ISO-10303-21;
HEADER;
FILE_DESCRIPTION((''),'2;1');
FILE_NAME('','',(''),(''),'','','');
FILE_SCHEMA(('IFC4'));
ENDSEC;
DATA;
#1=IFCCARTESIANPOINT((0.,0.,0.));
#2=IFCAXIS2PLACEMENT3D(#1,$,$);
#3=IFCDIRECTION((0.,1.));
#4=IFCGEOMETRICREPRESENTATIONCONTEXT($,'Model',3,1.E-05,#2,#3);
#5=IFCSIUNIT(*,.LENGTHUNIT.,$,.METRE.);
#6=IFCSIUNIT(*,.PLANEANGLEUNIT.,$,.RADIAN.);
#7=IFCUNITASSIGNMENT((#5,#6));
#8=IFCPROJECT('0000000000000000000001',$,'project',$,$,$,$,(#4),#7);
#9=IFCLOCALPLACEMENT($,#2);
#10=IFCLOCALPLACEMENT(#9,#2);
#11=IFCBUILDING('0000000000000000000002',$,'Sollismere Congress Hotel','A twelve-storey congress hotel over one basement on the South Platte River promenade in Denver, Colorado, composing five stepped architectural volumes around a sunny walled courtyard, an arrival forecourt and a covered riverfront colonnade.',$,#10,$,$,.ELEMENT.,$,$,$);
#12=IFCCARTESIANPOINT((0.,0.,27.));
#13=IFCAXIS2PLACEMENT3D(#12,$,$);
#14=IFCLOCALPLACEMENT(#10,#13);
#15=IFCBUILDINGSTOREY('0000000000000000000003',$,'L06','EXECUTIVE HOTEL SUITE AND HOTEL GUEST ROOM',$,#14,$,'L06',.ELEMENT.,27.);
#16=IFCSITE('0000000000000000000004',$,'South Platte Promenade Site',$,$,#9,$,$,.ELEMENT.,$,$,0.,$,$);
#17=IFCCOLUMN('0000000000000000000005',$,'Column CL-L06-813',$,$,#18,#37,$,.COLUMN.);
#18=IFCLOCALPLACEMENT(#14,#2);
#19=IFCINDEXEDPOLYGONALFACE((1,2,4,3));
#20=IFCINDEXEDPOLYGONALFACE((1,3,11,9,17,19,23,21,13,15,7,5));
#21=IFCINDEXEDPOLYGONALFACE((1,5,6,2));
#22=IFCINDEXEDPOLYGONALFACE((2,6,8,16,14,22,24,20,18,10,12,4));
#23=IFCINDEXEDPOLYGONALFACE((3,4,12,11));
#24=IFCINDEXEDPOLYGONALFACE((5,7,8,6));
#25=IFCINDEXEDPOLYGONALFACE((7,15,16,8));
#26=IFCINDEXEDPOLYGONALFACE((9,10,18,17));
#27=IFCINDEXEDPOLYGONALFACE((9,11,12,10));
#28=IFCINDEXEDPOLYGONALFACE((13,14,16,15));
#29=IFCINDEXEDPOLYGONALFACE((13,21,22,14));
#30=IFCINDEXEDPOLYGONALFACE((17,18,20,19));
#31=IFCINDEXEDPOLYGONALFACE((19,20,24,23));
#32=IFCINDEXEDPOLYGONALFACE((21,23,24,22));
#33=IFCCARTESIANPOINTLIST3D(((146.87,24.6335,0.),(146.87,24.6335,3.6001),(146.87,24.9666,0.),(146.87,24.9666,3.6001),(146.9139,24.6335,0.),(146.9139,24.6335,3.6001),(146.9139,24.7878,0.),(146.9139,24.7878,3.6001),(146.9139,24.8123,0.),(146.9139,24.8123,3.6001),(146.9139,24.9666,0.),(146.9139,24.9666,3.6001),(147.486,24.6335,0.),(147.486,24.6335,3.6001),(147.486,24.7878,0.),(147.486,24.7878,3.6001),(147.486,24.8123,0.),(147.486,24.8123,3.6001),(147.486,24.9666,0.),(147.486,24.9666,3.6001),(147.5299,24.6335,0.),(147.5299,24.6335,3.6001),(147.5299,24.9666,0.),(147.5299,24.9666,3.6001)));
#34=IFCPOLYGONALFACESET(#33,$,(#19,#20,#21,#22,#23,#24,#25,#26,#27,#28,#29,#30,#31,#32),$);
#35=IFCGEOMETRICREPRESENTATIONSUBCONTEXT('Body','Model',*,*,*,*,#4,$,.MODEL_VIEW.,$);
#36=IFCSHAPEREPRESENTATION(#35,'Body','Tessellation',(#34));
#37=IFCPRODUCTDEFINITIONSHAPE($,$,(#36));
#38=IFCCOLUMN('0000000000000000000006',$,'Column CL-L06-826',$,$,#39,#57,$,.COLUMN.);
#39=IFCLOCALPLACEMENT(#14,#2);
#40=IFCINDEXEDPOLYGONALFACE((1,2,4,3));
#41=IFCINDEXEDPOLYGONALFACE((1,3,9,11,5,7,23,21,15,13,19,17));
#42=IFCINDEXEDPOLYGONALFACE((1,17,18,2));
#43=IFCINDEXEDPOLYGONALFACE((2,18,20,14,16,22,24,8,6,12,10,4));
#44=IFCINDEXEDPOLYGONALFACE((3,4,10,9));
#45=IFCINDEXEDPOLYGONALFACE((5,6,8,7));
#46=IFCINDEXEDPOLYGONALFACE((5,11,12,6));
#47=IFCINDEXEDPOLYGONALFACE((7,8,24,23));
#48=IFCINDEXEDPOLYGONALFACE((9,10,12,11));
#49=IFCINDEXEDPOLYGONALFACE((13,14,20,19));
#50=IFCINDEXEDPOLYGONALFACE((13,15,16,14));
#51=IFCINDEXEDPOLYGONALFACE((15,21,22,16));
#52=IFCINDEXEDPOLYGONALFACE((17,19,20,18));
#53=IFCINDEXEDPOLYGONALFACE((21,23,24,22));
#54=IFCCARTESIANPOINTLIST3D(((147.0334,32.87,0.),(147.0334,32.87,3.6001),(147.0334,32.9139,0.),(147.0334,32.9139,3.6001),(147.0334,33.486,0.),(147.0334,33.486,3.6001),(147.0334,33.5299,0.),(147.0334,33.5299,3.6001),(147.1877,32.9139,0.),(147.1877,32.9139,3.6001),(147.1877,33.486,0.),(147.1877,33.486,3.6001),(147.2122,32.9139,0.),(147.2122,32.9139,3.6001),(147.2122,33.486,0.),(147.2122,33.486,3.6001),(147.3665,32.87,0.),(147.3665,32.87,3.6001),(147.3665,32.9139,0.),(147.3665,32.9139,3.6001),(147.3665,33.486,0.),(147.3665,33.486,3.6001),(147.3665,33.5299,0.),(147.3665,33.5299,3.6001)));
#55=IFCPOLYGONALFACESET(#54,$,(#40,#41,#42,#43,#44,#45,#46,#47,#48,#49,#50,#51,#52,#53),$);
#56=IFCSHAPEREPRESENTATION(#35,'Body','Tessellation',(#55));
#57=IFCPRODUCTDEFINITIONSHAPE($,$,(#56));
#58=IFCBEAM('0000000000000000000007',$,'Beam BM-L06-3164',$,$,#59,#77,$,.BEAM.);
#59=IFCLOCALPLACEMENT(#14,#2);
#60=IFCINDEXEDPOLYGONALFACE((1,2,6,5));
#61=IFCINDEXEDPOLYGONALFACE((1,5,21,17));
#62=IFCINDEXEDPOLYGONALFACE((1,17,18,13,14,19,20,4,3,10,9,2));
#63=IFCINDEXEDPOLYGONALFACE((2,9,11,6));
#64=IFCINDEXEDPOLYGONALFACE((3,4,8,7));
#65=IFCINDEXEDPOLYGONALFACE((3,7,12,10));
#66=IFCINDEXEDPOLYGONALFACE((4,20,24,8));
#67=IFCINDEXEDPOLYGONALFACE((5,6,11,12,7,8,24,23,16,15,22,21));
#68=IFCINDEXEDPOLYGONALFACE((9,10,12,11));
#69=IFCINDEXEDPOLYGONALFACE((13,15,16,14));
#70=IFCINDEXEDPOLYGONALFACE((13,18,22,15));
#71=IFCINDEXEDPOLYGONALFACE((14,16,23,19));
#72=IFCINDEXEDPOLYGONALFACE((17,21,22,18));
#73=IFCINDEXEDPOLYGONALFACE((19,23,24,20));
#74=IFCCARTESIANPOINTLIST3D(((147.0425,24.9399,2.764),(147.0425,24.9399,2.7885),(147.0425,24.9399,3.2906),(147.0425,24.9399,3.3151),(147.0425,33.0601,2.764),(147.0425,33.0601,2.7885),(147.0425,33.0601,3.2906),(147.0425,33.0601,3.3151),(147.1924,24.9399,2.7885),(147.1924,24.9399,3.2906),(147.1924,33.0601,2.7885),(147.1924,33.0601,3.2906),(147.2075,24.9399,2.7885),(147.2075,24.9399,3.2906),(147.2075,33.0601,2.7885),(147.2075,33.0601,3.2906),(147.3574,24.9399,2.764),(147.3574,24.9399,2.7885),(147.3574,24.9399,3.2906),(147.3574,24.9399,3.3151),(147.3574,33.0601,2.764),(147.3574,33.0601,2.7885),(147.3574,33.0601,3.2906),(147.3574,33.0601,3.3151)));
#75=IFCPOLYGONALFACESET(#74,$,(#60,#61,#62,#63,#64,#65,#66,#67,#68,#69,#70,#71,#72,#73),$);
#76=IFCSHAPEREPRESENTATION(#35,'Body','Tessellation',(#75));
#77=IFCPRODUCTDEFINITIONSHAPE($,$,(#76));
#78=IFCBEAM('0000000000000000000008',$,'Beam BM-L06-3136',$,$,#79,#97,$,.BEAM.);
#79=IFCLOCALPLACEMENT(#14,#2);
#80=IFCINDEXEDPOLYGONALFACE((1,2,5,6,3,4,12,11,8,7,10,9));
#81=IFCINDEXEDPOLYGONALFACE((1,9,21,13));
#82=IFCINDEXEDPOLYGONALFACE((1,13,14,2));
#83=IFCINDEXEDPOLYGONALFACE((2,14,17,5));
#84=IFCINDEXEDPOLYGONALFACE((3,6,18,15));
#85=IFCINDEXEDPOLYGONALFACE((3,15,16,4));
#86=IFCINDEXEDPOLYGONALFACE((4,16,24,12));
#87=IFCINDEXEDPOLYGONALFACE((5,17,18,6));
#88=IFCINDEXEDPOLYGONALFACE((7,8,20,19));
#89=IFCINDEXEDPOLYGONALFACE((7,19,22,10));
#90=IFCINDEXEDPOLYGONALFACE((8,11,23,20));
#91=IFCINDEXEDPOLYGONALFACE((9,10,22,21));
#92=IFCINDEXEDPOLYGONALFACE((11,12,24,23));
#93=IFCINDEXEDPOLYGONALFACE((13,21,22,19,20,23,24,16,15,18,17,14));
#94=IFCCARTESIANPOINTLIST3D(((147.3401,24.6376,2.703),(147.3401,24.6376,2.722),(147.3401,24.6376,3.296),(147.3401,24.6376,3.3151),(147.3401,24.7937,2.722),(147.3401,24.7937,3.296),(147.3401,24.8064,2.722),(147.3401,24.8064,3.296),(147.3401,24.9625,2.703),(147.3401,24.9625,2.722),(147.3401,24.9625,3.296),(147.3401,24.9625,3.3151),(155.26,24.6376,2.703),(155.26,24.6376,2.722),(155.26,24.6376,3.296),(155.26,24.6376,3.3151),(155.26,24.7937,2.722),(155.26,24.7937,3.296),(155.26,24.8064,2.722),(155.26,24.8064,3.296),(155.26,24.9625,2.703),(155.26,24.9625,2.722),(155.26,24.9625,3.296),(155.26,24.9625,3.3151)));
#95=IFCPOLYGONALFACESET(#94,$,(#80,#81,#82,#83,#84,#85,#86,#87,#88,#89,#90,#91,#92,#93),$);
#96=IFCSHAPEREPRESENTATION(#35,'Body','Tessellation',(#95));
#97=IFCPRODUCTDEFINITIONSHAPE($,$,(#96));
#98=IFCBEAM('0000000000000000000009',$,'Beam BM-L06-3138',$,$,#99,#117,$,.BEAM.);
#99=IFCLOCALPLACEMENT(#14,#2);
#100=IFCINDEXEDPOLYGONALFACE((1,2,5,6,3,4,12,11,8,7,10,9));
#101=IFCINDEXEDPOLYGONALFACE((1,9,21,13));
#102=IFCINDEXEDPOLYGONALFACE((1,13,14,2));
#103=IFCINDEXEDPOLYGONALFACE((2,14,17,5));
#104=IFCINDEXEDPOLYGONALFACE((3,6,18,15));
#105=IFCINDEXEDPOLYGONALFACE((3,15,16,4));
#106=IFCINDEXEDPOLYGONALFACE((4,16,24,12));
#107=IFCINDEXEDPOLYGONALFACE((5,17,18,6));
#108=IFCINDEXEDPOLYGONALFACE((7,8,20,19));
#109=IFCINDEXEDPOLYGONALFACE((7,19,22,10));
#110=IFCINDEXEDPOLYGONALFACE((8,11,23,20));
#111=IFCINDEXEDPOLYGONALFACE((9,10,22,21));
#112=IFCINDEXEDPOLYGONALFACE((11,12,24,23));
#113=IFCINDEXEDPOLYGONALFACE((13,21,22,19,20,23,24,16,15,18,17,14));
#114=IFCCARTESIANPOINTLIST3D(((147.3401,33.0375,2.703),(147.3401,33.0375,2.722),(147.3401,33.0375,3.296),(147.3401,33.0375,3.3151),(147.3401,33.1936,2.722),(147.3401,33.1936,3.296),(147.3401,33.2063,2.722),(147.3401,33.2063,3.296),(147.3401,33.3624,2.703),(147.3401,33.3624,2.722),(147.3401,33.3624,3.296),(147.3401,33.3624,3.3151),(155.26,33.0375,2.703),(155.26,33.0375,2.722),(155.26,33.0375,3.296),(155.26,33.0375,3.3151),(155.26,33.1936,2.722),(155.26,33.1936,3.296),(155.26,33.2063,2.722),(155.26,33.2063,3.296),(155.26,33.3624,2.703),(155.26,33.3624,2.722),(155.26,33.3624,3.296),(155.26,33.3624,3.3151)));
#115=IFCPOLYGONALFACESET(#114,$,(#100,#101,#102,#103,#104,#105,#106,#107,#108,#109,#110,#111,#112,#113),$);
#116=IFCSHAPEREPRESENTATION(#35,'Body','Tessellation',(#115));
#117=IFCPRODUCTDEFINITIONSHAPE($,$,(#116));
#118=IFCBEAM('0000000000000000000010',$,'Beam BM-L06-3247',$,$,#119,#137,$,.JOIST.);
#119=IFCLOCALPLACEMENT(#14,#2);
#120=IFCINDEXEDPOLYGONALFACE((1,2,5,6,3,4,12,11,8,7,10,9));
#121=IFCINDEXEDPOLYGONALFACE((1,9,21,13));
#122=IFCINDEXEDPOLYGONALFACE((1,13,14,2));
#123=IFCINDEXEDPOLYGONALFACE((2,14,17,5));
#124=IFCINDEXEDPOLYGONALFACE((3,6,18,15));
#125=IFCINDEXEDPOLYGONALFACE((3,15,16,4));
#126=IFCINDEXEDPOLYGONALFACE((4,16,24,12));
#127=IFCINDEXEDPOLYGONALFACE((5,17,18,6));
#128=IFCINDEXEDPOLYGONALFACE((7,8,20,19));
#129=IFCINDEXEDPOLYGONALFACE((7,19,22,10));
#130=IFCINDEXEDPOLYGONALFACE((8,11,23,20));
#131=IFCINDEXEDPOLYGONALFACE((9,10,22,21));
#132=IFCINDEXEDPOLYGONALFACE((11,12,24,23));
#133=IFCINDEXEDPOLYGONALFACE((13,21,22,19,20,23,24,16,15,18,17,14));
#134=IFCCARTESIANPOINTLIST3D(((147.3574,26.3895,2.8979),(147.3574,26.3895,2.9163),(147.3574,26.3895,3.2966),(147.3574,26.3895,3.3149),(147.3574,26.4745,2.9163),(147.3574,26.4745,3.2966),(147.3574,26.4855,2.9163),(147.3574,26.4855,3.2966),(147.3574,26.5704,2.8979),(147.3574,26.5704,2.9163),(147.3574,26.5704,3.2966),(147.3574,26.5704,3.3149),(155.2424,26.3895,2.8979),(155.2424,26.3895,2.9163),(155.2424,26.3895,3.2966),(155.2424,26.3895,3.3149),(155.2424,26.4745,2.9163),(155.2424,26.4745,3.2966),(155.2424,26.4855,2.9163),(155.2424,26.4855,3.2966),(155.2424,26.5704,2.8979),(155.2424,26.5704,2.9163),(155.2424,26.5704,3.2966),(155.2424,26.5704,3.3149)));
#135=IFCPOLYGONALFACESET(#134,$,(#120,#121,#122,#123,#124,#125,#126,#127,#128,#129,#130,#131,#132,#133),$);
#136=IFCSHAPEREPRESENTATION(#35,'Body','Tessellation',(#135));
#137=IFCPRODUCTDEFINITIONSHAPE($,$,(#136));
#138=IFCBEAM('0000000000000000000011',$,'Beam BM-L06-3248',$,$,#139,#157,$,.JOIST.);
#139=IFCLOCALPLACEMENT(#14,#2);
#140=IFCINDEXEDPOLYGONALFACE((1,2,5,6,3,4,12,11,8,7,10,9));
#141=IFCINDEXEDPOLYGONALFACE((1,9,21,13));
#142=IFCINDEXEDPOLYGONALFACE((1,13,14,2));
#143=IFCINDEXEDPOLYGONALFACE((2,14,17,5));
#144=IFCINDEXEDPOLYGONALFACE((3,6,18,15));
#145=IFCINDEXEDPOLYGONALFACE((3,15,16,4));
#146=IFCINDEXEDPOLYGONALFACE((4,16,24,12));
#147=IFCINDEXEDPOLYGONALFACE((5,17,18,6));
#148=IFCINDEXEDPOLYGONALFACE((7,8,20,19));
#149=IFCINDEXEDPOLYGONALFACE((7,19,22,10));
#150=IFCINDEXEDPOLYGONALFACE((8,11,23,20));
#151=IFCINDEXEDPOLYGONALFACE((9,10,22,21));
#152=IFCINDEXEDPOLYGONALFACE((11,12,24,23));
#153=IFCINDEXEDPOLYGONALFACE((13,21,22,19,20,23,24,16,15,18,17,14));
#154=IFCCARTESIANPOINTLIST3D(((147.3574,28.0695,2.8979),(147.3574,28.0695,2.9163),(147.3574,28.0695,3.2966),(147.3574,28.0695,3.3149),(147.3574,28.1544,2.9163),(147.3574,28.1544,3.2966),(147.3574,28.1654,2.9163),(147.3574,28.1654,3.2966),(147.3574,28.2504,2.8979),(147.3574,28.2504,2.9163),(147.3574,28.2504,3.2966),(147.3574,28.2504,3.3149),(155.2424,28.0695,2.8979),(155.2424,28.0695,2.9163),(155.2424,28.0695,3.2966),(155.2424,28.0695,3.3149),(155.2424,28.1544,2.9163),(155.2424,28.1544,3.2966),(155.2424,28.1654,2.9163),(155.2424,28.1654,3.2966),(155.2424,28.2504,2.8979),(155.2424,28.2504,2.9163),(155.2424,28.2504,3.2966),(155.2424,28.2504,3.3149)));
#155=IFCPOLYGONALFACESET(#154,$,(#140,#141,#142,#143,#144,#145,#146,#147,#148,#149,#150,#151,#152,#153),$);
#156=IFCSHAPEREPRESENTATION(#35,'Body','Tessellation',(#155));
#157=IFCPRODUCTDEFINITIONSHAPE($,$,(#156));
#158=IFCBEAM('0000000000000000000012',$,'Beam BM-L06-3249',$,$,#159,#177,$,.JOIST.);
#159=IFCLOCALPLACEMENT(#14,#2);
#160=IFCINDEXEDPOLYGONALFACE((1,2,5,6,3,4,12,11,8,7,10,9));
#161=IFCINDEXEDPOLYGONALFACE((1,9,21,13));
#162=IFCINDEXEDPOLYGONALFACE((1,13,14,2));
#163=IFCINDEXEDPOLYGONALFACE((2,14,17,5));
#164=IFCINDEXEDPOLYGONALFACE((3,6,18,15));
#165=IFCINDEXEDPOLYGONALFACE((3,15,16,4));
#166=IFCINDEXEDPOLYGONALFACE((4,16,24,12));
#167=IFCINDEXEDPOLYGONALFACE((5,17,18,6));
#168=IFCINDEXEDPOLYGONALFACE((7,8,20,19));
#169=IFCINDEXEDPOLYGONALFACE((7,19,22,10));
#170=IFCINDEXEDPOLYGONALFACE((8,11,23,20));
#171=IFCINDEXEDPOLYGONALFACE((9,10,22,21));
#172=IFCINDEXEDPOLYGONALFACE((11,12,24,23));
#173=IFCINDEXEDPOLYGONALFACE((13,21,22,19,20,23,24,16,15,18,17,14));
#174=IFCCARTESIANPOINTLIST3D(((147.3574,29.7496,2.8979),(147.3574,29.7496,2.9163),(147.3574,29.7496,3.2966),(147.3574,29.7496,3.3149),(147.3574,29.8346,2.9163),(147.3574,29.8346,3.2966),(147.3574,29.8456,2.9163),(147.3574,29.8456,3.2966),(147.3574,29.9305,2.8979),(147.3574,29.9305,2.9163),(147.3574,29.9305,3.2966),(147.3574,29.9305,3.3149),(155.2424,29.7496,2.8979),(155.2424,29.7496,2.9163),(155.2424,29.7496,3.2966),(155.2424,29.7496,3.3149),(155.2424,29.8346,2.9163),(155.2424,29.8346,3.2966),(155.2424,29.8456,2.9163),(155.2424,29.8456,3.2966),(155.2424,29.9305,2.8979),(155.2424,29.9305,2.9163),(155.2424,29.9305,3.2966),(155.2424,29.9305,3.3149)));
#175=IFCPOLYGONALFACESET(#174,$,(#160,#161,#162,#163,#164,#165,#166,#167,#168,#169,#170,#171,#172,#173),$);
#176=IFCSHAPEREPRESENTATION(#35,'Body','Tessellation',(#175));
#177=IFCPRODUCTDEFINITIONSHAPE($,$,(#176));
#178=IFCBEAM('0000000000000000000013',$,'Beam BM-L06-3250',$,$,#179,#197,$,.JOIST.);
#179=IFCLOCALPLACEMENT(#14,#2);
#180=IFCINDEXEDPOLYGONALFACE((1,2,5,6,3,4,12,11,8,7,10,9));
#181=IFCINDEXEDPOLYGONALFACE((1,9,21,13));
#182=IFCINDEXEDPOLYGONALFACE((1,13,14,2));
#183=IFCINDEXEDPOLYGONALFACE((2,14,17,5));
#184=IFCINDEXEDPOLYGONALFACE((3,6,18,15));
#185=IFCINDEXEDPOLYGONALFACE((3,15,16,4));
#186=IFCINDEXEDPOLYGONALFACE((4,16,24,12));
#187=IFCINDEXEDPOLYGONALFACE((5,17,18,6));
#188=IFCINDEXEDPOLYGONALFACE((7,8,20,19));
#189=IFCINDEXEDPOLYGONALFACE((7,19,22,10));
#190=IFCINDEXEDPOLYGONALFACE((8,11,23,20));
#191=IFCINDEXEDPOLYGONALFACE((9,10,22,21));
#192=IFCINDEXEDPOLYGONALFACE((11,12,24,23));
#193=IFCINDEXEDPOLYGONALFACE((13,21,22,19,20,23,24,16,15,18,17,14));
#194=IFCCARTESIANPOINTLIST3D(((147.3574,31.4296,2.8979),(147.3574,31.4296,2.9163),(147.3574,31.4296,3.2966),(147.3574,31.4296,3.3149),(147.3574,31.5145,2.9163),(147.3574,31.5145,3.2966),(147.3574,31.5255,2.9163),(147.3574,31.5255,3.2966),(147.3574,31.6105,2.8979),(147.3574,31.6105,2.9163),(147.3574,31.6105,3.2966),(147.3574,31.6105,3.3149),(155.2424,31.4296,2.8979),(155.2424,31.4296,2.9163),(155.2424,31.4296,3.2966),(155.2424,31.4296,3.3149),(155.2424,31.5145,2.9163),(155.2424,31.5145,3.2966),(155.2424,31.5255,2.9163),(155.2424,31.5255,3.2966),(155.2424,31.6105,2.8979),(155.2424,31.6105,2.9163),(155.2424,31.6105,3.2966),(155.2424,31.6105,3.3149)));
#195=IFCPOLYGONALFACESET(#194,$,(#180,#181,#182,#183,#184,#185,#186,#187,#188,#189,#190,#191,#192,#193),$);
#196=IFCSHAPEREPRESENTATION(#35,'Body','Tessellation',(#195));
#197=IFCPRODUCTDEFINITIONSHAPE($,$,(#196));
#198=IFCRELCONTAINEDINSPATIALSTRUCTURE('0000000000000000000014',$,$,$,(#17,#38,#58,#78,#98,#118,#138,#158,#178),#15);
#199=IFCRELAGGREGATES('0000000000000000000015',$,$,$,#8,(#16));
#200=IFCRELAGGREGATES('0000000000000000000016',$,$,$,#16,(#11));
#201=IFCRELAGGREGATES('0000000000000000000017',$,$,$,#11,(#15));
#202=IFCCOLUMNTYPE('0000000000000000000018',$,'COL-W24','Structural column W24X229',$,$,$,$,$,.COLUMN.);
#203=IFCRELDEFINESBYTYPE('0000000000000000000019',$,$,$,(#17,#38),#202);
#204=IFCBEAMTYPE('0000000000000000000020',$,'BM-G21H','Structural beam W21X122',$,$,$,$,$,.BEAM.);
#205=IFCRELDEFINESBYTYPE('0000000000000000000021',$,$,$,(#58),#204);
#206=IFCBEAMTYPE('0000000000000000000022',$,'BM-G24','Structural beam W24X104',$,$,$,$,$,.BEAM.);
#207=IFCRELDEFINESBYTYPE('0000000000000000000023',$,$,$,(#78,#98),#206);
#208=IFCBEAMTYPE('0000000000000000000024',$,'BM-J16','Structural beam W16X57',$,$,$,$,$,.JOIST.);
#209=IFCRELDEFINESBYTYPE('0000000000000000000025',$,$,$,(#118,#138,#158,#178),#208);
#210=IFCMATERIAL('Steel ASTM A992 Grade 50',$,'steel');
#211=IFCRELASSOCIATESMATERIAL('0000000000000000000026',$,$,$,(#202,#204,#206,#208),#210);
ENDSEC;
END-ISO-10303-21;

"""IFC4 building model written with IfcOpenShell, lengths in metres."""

from ifc_helpers import new_model, si_unit, direction, frame, origin, origin_2d, place, context, subcontext, project, spatial, i_section, extrude, material, material_profile, profile_set, type_object, element, save


model = new_model("IFC4")

# Units and contexts
model_context = context("Model", 3, precision=1e-05, world=origin(), true_north=direction((0.0, 1.0)))
body_context = subcontext(model_context, "Body", "Model", "MODEL_VIEW")
ifc_project = project(units=[si_unit("LENGTHUNIT", "METRE"), si_unit("PLANEANGLEUNIT", "RADIAN")], contexts=[model_context])

# Site, building, storey
site_placement = place(None, origin())
site = spatial("IfcSite", under=ifc_project, at=site_placement, Name="South Platte Promenade Site", CompositionType="ELEMENT", RefElevation=0.0)
building_placement = place(site_placement, origin())
building = spatial("IfcBuilding", under=site, at=building_placement, Name="Sollismere Congress Hotel", Description="A twelve-storey congress hotel over one basement on the South Platte River promenade in Denver, Colorado, composing five stepped architectural volumes around a sunny walled courtyard, an arrival forecourt and a covered riverfront colonnade.", CompositionType="ELEMENT")
storey_placement = place(building_placement, frame((0.0, 0.0, 27.0)))
storey = spatial("IfcBuildingStorey", under=building, at=storey_placement, Name="L06", Description="EXECUTIVE HOTEL SUITE AND HOTEL GUEST ROOM", LongName="L06", CompositionType="ELEMENT", Elevation=27.0)

# Columns
ifc_material_1 = material(Name="Steel ASTM A992 Grade 50", Category="steel")
ifc_material_profile_1 = material_profile(ifc_material_1, i_section(OverallWidth=0.333, OverallDepth=0.6599, WebThickness=0.0244, FlangeThickness=0.0439, at=origin_2d()), Name="W24X229")
ifc_profile_set_1 = profile_set([ifc_material_profile_1], Name="Steel ASTM A992 Grade 50")
column_type = type_object("IfcColumnType", Name="COL-W24", Description="Structural column W24X229", PredefinedType="COLUMN", material=ifc_profile_set_1)
for number, where, z_axis, x_axis, name in (
    (1, (147.2, 24.8, 0.0), (0.0, 0.0, 1.0), (0.0, 1.0, 0.0), "Column CL-L06-813"),
    (2, (147.2, 33.2, 0.0), (0.0, 0.0, 1.0), (1.0, 0.0, 0.0), "Column CL-L06-826"),
):
    element("IfcColumn", number, at=place(storey_placement, frame(where, z_axis=z_axis, x_axis=x_axis)), inside=storey, type_object=column_type, Name=name, PredefinedType="COLUMN", context=body_context, shape_type="SweptSolid", body=[
        extrude(i_section(OverallWidth=0.333, OverallDepth=0.6599, WebThickness=0.0244, FlangeThickness=0.0439, at=origin_2d()), origin(), (0.0, 0.0, 1.0), 3.6001),
    ])

# Beams
ifc_material_profile_2 = material_profile(ifc_material_1, i_section(OverallWidth=0.3149, OverallDepth=0.551, WebThickness=0.0151, FlangeThickness=0.0244, at=origin_2d()), Name="W21X122")
ifc_profile_set_2 = profile_set([ifc_material_profile_2], Name="Steel ASTM A992 Grade 50")
beam_type_1 = type_object("IfcBeamType", Name="BM-G21H", Description="Structural beam W21X122", PredefinedType="BEAM", material=ifc_profile_set_2)
beam_placement = place(storey_placement, frame((147.2, 24.9399, 3.0396), z_axis=(0.0, 1.0, 0.0), x_axis=(-1.0, 0.0, 0.0)))
element("IfcBeam", 3, at=beam_placement, inside=storey, type_object=beam_type_1, Name="Beam BM-L06-3164", PredefinedType="BEAM", context=body_context, shape_type="SweptSolid", body=[
    extrude(i_section(OverallWidth=0.3149, OverallDepth=0.551, WebThickness=0.0151, FlangeThickness=0.0244, at=origin_2d()), origin(), (0.0, 0.0, 1.0), 8.1201),
])
ifc_material_profile_3 = material_profile(ifc_material_1, i_section(OverallWidth=0.325, OverallDepth=0.6121, WebThickness=0.0127, FlangeThickness=0.019, at=origin_2d()), Name="W24X104")
ifc_profile_set_3 = profile_set([ifc_material_profile_3], Name="Steel ASTM A992 Grade 50")
beam_type_2 = type_object("IfcBeamType", Name="BM-G24", Description="Structural beam W24X104", PredefinedType="BEAM", material=ifc_profile_set_3)
for number, where, z_axis, x_axis, name in (
    (4, (147.3401, 24.8, 3.009), (1.0, 0.0, 0.0), (0.0, 1.0, 0.0), "Beam BM-L06-3136"),
    (5, (147.3401, 33.2, 3.009), (1.0, 0.0, 0.0), (0.0, 1.0, 0.0), "Beam BM-L06-3138"),
):
    element("IfcBeam", number, at=place(storey_placement, frame(where, z_axis=z_axis, x_axis=x_axis)), inside=storey, type_object=beam_type_2, Name=name, PredefinedType="BEAM", context=body_context, shape_type="SweptSolid", body=[
        extrude(i_section(OverallWidth=0.325, OverallDepth=0.6121, WebThickness=0.0127, FlangeThickness=0.019, at=origin_2d()), origin(), (0.0, 0.0, 1.0), 7.9199),
    ])
ifc_material_profile_4 = material_profile(ifc_material_1, i_section(OverallWidth=0.1809, OverallDepth=0.417, WebThickness=0.011, FlangeThickness=0.0183, at=origin_2d()), Name="W16X57")
ifc_profile_set_4 = profile_set([ifc_material_profile_4], Name="Steel ASTM A992 Grade 50")
beam_type_3 = type_object("IfcBeamType", Name="BM-J16", Description="Structural beam W16X57", PredefinedType="JOIST", material=ifc_profile_set_4)
for number, where, z_axis, x_axis, name in (
    (6, (147.3574, 26.48, 3.1064), (1.0, 0.0, 0.0), (0.0, 1.0, 0.0), "Beam BM-L06-3247"),
    (7, (147.3574, 28.1599, 3.1064), (1.0, 0.0, 0.0), (0.0, 1.0, 0.0), "Beam BM-L06-3248"),
    (8, (147.3574, 29.8401, 3.1064), (1.0, 0.0, 0.0), (0.0, 1.0, 0.0), "Beam BM-L06-3249"),
    (9, (147.3574, 31.52, 3.1064), (1.0, 0.0, 0.0), (0.0, 1.0, 0.0), "Beam BM-L06-3250"),
):
    element("IfcBeam", number, at=place(storey_placement, frame(where, z_axis=z_axis, x_axis=x_axis)), inside=storey, type_object=beam_type_3, Name=name, PredefinedType="JOIST", context=body_context, shape_type="SweptSolid", body=[
        extrude(i_section(OverallWidth=0.1809, OverallDepth=0.417, WebThickness=0.011, FlangeThickness=0.0183, at=origin_2d()), origin(), (0.0, 0.0, 1.0), 7.885),
    ])

save(model, "model.ifc")
